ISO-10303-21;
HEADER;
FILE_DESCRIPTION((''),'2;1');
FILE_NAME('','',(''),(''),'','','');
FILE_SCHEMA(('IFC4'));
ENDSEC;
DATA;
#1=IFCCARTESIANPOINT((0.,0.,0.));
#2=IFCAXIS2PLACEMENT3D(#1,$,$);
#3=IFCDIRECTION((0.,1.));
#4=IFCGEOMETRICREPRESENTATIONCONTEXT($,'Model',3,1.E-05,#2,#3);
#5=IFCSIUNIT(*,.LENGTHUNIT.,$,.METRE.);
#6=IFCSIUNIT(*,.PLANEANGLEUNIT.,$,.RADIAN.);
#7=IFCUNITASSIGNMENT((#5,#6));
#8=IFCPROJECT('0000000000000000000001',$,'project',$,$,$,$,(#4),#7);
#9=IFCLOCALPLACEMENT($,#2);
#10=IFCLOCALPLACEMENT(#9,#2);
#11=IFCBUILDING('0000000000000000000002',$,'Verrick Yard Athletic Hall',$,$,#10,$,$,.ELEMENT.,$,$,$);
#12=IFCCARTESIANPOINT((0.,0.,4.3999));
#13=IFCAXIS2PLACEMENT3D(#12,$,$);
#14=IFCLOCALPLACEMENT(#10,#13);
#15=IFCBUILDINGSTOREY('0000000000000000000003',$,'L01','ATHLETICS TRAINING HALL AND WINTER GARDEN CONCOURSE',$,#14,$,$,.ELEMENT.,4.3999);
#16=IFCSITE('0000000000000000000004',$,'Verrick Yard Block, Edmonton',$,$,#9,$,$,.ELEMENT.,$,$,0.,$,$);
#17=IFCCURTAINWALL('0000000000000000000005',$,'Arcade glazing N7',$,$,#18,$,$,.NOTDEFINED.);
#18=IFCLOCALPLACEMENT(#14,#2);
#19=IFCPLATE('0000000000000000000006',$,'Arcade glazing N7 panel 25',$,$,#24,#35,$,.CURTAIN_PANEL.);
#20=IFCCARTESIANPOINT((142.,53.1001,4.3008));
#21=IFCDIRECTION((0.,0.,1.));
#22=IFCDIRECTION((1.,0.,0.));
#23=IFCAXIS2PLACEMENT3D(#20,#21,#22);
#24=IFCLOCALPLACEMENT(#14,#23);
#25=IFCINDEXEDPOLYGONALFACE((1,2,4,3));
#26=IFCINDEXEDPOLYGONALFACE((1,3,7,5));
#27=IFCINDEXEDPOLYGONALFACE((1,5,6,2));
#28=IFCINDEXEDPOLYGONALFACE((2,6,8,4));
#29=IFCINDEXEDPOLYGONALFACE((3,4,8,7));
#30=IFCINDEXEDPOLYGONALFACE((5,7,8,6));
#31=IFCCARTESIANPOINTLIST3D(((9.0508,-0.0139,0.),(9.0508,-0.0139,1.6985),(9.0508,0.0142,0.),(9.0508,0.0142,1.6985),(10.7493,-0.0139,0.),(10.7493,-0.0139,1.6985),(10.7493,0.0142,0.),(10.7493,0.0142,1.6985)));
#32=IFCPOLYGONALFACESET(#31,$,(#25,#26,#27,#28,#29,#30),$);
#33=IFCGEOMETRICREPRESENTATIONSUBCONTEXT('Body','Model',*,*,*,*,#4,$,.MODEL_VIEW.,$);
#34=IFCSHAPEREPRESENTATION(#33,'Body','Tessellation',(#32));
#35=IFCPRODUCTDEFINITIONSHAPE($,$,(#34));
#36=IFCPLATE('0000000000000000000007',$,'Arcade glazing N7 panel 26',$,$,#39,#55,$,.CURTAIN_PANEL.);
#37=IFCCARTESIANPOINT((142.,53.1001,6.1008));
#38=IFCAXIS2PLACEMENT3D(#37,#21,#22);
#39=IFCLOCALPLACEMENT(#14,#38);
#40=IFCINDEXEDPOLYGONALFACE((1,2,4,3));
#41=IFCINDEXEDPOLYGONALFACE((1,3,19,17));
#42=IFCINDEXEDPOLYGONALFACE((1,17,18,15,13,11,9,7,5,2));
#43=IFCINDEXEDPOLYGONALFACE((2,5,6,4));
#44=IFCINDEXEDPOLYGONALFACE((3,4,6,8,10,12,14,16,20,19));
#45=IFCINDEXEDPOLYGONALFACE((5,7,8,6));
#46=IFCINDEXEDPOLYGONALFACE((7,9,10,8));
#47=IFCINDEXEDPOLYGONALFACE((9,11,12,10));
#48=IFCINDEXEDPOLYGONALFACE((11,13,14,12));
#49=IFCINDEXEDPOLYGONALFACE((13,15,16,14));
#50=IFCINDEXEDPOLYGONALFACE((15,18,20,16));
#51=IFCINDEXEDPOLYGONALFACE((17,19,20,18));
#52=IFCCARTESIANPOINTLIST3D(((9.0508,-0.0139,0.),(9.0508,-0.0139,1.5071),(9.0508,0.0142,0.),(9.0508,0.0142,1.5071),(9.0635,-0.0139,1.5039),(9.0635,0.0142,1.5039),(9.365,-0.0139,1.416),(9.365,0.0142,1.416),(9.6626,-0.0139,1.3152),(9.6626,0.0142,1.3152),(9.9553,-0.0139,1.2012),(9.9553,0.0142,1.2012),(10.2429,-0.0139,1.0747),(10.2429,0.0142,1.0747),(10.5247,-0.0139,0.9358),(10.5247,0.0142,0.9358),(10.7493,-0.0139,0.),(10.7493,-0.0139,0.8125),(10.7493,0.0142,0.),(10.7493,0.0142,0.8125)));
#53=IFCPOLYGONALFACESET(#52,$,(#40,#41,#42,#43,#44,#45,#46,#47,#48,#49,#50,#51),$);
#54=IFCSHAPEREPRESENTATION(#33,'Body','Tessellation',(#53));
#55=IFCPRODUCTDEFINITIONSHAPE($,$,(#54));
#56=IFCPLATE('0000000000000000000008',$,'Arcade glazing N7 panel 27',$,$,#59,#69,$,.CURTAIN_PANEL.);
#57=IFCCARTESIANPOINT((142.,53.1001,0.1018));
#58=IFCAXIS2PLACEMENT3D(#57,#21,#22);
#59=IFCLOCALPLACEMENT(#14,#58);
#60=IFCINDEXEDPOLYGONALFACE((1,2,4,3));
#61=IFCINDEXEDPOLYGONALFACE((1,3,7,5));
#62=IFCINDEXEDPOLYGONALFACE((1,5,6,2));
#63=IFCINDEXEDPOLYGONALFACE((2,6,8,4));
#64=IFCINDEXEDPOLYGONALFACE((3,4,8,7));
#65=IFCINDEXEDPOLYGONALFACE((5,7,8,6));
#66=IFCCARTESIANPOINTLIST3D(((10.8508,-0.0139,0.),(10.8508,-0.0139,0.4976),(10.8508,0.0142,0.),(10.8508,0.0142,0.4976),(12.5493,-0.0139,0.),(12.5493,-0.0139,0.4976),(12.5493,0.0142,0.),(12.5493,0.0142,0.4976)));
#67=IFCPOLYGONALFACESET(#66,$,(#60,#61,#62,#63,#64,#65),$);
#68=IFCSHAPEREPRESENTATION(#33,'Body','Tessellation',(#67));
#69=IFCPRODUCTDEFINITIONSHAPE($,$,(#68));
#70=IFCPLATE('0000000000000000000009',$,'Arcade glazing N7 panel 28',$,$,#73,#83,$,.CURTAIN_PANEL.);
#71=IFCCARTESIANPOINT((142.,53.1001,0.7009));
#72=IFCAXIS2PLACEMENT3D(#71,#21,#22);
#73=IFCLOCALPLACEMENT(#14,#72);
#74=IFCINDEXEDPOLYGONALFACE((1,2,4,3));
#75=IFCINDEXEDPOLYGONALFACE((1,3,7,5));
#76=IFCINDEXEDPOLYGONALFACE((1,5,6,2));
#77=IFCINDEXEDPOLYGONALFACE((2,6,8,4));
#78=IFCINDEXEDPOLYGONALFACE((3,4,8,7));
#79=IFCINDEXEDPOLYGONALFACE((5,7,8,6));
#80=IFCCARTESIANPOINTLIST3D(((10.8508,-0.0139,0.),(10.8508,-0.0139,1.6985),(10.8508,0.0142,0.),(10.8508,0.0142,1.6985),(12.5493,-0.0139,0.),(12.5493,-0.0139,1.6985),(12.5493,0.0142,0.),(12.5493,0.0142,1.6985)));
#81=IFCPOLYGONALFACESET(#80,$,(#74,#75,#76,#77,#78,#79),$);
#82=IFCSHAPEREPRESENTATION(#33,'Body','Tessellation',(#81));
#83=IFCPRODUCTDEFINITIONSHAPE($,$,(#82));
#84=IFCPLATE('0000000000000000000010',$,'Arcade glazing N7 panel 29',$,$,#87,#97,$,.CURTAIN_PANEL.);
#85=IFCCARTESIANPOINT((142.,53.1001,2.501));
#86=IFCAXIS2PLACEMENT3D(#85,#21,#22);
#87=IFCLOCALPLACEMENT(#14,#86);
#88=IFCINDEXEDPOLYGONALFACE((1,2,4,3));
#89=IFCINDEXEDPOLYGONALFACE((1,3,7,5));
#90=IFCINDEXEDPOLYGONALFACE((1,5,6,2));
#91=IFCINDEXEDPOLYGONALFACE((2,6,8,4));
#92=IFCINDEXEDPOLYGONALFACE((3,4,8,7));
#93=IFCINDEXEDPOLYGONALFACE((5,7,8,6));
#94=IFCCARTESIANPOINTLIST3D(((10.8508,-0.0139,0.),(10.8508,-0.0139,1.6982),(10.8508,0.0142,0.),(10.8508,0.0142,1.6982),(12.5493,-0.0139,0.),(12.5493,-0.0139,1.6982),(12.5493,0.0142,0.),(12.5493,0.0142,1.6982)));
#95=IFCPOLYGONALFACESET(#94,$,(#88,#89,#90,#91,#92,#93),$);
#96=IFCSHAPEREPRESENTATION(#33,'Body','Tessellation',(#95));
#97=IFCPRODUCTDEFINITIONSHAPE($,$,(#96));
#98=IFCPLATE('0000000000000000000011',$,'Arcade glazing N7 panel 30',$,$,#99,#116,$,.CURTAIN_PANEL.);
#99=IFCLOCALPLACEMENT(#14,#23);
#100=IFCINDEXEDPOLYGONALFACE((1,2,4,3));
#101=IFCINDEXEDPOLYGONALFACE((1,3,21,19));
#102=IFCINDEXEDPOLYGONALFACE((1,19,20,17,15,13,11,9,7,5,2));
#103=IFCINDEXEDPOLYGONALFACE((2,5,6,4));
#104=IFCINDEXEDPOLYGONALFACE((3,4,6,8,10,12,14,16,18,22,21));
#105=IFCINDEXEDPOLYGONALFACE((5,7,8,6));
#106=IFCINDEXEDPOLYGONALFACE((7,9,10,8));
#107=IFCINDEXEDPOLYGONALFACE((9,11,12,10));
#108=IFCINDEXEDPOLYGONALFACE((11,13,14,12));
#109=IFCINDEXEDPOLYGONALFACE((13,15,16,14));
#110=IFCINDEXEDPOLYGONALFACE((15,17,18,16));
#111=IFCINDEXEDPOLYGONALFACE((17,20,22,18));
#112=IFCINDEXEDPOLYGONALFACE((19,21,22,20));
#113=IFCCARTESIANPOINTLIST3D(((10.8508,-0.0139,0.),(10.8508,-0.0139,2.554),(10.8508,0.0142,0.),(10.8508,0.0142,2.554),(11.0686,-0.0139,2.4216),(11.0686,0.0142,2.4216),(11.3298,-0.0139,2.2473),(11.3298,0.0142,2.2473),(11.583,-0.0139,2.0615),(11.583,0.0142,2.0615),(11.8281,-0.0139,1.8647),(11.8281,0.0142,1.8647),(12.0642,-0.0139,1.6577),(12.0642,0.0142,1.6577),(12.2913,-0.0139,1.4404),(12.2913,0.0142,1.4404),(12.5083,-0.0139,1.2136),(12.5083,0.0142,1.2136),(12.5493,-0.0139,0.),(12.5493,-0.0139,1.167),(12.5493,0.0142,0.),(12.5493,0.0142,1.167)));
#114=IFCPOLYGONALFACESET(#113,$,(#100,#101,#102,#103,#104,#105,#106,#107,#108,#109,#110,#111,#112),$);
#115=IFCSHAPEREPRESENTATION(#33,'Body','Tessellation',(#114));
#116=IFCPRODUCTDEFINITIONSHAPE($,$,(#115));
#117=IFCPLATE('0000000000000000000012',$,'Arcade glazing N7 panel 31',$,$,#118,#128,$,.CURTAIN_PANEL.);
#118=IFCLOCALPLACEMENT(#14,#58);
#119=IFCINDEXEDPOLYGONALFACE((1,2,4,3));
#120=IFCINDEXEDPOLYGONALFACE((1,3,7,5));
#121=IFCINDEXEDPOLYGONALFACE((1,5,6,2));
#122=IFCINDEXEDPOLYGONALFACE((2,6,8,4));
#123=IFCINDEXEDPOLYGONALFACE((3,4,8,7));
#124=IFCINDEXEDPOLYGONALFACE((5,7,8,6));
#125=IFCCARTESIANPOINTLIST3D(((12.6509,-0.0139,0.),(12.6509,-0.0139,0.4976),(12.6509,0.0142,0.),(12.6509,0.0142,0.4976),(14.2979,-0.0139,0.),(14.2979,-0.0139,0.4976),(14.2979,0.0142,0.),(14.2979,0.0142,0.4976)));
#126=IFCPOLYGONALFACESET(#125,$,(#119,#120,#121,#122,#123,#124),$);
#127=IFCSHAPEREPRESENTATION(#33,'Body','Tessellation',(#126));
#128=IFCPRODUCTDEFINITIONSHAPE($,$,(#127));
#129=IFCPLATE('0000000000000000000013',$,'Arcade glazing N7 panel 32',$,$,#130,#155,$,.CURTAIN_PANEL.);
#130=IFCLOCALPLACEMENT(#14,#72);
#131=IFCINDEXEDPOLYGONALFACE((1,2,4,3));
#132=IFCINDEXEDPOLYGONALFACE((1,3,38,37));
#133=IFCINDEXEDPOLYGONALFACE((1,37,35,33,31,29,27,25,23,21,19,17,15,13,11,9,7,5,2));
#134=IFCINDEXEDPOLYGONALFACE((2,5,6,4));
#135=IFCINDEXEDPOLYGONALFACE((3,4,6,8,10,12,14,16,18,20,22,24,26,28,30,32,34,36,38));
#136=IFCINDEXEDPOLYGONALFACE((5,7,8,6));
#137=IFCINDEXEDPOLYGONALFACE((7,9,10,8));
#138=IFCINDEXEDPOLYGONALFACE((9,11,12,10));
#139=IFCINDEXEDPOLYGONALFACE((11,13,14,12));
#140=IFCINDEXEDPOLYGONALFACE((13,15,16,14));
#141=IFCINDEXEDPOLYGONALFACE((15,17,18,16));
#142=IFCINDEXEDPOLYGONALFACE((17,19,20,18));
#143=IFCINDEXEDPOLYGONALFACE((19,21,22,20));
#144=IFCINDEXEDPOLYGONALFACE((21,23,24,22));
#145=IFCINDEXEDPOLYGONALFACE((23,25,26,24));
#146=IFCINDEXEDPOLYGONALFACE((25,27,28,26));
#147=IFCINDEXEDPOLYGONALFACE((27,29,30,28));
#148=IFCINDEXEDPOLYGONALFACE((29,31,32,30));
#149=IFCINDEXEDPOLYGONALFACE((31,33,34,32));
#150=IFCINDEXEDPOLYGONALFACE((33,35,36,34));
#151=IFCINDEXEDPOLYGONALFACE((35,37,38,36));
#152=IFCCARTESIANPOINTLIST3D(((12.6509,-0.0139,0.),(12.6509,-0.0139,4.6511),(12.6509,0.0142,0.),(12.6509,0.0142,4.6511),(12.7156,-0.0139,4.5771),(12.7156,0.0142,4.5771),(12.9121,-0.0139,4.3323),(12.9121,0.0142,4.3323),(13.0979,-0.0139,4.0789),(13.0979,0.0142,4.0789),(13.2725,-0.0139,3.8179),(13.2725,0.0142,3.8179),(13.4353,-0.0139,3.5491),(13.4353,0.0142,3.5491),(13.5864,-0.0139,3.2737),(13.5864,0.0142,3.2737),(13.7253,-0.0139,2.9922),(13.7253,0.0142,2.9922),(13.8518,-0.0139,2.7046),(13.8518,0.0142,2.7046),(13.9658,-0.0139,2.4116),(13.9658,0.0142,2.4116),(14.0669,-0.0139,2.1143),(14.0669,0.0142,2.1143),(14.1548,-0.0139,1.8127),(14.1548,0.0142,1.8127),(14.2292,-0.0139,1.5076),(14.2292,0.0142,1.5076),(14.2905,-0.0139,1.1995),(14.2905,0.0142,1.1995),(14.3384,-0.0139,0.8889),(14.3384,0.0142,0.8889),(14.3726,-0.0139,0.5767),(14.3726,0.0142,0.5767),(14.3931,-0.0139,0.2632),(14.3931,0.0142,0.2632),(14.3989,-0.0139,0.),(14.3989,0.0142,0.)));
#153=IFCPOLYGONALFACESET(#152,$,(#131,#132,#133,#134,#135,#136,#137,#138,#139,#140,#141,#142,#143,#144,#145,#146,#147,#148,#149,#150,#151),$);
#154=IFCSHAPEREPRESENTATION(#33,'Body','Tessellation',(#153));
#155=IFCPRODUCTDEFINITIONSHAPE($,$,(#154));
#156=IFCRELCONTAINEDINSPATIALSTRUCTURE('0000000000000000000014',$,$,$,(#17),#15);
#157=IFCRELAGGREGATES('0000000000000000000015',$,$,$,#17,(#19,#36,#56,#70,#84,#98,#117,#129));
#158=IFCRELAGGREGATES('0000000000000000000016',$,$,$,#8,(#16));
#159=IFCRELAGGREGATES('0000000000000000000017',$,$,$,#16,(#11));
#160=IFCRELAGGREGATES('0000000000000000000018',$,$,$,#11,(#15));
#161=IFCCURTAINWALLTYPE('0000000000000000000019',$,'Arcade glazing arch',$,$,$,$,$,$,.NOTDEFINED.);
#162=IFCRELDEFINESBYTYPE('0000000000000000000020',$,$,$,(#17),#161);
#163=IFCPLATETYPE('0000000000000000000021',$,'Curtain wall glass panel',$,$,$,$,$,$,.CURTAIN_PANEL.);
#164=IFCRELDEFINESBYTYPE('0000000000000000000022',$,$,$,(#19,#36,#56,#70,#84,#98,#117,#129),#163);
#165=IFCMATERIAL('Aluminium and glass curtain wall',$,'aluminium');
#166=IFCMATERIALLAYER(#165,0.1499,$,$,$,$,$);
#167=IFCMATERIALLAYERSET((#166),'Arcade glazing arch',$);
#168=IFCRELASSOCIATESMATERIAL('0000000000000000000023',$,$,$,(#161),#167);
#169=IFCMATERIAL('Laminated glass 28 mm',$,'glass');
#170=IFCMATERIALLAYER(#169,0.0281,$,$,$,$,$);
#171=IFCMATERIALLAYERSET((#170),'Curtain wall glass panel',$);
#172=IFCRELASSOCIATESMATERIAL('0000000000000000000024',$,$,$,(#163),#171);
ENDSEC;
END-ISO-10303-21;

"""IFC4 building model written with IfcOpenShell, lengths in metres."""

from ifc_helpers import new_model, si_unit, direction, frame, origin, place, context, subcontext, project, spatial, polyline, outline, extrude, material, layer, layer_set, type_object, element, aggregate, save


model = new_model("IFC4")

# Units and contexts
model_context = context("Model", 3, precision=1e-05, world=origin(), true_north=direction((0.0, 1.0)))
body_context = subcontext(model_context, "Body", "Model", "MODEL_VIEW")
ifc_project = project(units=[si_unit("LENGTHUNIT", "METRE"), si_unit("PLANEANGLEUNIT", "RADIAN")], contexts=[model_context])

# Site, building, storey
site_placement = place(None, origin())
site = spatial("IfcSite", under=ifc_project, at=site_placement, Name="Verrick Yard Block, Edmonton", CompositionType="ELEMENT", RefElevation=0.0)
building_placement = place(site_placement, origin())
building = spatial("IfcBuilding", under=site, at=building_placement, Name="Verrick Yard Athletic Hall", CompositionType="ELEMENT")
storey_placement = place(building_placement, frame((0.0, 0.0, 4.3999)))
storey = spatial("IfcBuildingStorey", under=building, at=storey_placement, Name="L01", Description="ATHLETICS TRAINING HALL AND WINTER GARDEN CONCOURSE", CompositionType="ELEMENT", Elevation=4.3999)

# Curtain wall, plates
ifc_material_1 = material(Name="Aluminium and glass curtain wall", Category="aluminium")
ifc_layer_1 = layer(ifc_material_1, 0.1499)
ifc_layer_set_1 = layer_set([ifc_layer_1], Name="Arcade glazing arch")
curtain_wall_type = type_object("IfcCurtainWallType", Name="Arcade glazing arch", PredefinedType="NOTDEFINED", material=ifc_layer_set_1)
curtain_wall_placement = place(storey_placement, origin())
curtain_wall = element("IfcCurtainWall", 1, at=curtain_wall_placement, inside=storey, type_object=curtain_wall_type, Name="Arcade glazing N7", PredefinedType="NOTDEFINED")
ifc_material_2 = material(Name="Laminated glass 28 mm", Category="glass")
ifc_layer_2 = layer(ifc_material_2, 0.0281)
ifc_layer_set_2 = layer_set([ifc_layer_2], Name="Curtain wall glass panel")
plate_type = type_object("IfcPlateType", Name="Curtain wall glass panel", PredefinedType="CURTAIN_PANEL", material=ifc_layer_set_2)
plate_1_placement = place(storey_placement, frame((142.0, 53.1001, 4.3008), z_axis=(0.0, 0.0, 1.0), x_axis=(1.0, 0.0, 0.0)))
plate_1 = element("IfcPlate", 2, at=plate_1_placement, type_object=plate_type, Name="Arcade glazing N7 panel 25", PredefinedType="CURTAIN_PANEL", context=body_context, shape_type="SweptSolid", body=[
    extrude(outline(polyline([(10.7493, 0.0), (10.7493, 1.6985), (9.0508, 1.6985), (9.0508, 0.0), (10.7493, 0.0)])), frame((0.0, 0.0142, 0.0), z_axis=(0.0, -1.0, 0.0), x_axis=(1.0, 0.0, 0.0)), (0.0, 0.0, 1.0), 0.0281),
])
plate_2_placement = place(storey_placement, frame((142.0, 53.1001, 6.1008), z_axis=(0.0, 0.0, 1.0), x_axis=(1.0, 0.0, 0.0)))
plate_2 = element("IfcPlate", 3, at=plate_2_placement, type_object=plate_type, Name="Arcade glazing N7 panel 26", PredefinedType="CURTAIN_PANEL", context=body_context, shape_type="SweptSolid", body=[
    extrude(outline(polyline([(10.7493, 0.8125), (10.5247, 0.9358), (10.2429, 1.0747), (9.9553, 1.2012), (9.6626, 1.3152), (9.365, 1.416), (9.0635, 1.5039), (9.0508, 1.5071), (9.0508, 0.0), (10.7493, 0.0), (10.7493, 0.8125)])), frame((0.0, 0.0142, 0.0), z_axis=(0.0, -1.0, 0.0), x_axis=(1.0, 0.0, 0.0)), (0.0, 0.0, 1.0), 0.0281),
])
plate_3_placement = place(storey_placement, frame((142.0, 53.1001, 0.1018), z_axis=(0.0, 0.0, 1.0), x_axis=(1.0, 0.0, 0.0)))
plate_3 = element("IfcPlate", 4, at=plate_3_placement, type_object=plate_type, Name="Arcade glazing N7 panel 27", PredefinedType="CURTAIN_PANEL", context=body_context, shape_type="SweptSolid", body=[
    extrude(outline(polyline([(12.5493, 0.0), (12.5493, 0.4976), (10.8508, 0.4976), (10.8508, 0.0), (12.5493, 0.0)])), frame((0.0, 0.0142, 0.0), z_axis=(0.0, -1.0, 0.0), x_axis=(1.0, 0.0, 0.0)), (0.0, 0.0, 1.0), 0.0281),
])
plate_4_placement = place(storey_placement, frame((142.0, 53.1001, 0.7009), z_axis=(0.0, 0.0, 1.0), x_axis=(1.0, 0.0, 0.0)))
plate_4 = element("IfcPlate", 5, at=plate_4_placement, type_object=plate_type, Name="Arcade glazing N7 panel 28", PredefinedType="CURTAIN_PANEL", context=body_context, shape_type="SweptSolid", body=[
    extrude(outline(polyline([(12.5493, 0.0), (12.5493, 1.6985), (10.8508, 1.6985), (10.8508, 0.0), (12.5493, 0.0)])), frame((0.0, 0.0142, 0.0), z_axis=(0.0, -1.0, 0.0), x_axis=(1.0, 0.0, 0.0)), (0.0, 0.0, 1.0), 0.0281),
])
plate_5_placement = place(storey_placement, frame((142.0, 53.1001, 2.501), z_axis=(0.0, 0.0, 1.0), x_axis=(1.0, 0.0, 0.0)))
plate_5 = element("IfcPlate", 6, at=plate_5_placement, type_object=plate_type, Name="Arcade glazing N7 panel 29", PredefinedType="CURTAIN_PANEL", context=body_context, shape_type="SweptSolid", body=[
    extrude(outline(polyline([(12.5493, 0.0), (12.5493, 1.6982), (10.8508, 1.6982), (10.8508, 0.0), (12.5493, 0.0)])), frame((0.0, 0.0142, 0.0), z_axis=(0.0, -1.0, 0.0), x_axis=(1.0, 0.0, 0.0)), (0.0, 0.0, 1.0), 0.0281),
])
plate_6_placement = place(storey_placement, frame((142.0, 53.1001, 4.3008), z_axis=(0.0, 0.0, 1.0), x_axis=(1.0, 0.0, 0.0)))
plate_6 = element("IfcPlate", 7, at=plate_6_placement, type_object=plate_type, Name="Arcade glazing N7 panel 30", PredefinedType="CURTAIN_PANEL", context=body_context, shape_type="SweptSolid", body=[
    extrude(outline(polyline([(12.5493, 1.167), (12.5083, 1.2136), (12.2913, 1.4404), (12.0642, 1.6577), (11.8281, 1.8647), (11.583, 2.0615), (11.3298, 2.2473), (11.0686, 2.4216), (10.8508, 2.554), (10.8508, 0.0), (12.5493, 0.0), (12.5493, 1.167)])), frame((0.0, 0.0142, 0.0), z_axis=(0.0, -1.0, 0.0), x_axis=(1.0, 0.0, 0.0)), (0.0, 0.0, 1.0), 0.0281),
])
plate_7_placement = place(storey_placement, frame((142.0, 53.1001, 0.1018), z_axis=(0.0, 0.0, 1.0), x_axis=(1.0, 0.0, 0.0)))
plate_7 = element("IfcPlate", 8, at=plate_7_placement, type_object=plate_type, Name="Arcade glazing N7 panel 31", PredefinedType="CURTAIN_PANEL", context=body_context, shape_type="SweptSolid", body=[
    extrude(outline(polyline([(14.2979, 0.0), (14.2979, 0.4976), (12.6509, 0.4976), (12.6509, 0.0), (14.2979, 0.0)])), frame((0.0, 0.0142, 0.0), z_axis=(0.0, -1.0, 0.0), x_axis=(1.0, 0.0, 0.0)), (0.0, 0.0, 1.0), 0.0281),
])
plate_8_placement = place(storey_placement, frame((142.0, 53.1001, 0.7009), z_axis=(0.0, 0.0, 1.0), x_axis=(1.0, 0.0, 0.0)))
plate_8 = element("IfcPlate", 9, at=plate_8_placement, type_object=plate_type, Name="Arcade glazing N7 panel 32", PredefinedType="CURTAIN_PANEL", context=body_context, shape_type="SweptSolid", body=[
    extrude(outline(polyline([(14.3989, 0.0), (14.3931, 0.2632), (14.3726, 0.5767), (14.3384, 0.8889), (14.2905, 1.1995), (14.2292, 1.5076), (14.1548, 1.8127), (14.0669, 2.1143), (13.9658, 2.4116), (13.8518, 2.7046), (13.7253, 2.9922), (13.5864, 3.2737), (13.4353, 3.5491), (13.2725, 3.8179), (13.0979, 4.0789), (12.9121, 4.3323), (12.7156, 4.5771), (12.6509, 4.6511), (12.6509, 0.0), (14.3989, 0.0)])), frame((0.0, 0.0142, 0.0), z_axis=(0.0, -1.0, 0.0), x_axis=(1.0, 0.0, 0.0)), (0.0, 0.0, 1.0), 0.0281),
])
aggregate(curtain_wall, [plate_1, plate_2, plate_3, plate_4, plate_5, plate_6, plate_7, plate_8])

save(model, "model.ifc")
